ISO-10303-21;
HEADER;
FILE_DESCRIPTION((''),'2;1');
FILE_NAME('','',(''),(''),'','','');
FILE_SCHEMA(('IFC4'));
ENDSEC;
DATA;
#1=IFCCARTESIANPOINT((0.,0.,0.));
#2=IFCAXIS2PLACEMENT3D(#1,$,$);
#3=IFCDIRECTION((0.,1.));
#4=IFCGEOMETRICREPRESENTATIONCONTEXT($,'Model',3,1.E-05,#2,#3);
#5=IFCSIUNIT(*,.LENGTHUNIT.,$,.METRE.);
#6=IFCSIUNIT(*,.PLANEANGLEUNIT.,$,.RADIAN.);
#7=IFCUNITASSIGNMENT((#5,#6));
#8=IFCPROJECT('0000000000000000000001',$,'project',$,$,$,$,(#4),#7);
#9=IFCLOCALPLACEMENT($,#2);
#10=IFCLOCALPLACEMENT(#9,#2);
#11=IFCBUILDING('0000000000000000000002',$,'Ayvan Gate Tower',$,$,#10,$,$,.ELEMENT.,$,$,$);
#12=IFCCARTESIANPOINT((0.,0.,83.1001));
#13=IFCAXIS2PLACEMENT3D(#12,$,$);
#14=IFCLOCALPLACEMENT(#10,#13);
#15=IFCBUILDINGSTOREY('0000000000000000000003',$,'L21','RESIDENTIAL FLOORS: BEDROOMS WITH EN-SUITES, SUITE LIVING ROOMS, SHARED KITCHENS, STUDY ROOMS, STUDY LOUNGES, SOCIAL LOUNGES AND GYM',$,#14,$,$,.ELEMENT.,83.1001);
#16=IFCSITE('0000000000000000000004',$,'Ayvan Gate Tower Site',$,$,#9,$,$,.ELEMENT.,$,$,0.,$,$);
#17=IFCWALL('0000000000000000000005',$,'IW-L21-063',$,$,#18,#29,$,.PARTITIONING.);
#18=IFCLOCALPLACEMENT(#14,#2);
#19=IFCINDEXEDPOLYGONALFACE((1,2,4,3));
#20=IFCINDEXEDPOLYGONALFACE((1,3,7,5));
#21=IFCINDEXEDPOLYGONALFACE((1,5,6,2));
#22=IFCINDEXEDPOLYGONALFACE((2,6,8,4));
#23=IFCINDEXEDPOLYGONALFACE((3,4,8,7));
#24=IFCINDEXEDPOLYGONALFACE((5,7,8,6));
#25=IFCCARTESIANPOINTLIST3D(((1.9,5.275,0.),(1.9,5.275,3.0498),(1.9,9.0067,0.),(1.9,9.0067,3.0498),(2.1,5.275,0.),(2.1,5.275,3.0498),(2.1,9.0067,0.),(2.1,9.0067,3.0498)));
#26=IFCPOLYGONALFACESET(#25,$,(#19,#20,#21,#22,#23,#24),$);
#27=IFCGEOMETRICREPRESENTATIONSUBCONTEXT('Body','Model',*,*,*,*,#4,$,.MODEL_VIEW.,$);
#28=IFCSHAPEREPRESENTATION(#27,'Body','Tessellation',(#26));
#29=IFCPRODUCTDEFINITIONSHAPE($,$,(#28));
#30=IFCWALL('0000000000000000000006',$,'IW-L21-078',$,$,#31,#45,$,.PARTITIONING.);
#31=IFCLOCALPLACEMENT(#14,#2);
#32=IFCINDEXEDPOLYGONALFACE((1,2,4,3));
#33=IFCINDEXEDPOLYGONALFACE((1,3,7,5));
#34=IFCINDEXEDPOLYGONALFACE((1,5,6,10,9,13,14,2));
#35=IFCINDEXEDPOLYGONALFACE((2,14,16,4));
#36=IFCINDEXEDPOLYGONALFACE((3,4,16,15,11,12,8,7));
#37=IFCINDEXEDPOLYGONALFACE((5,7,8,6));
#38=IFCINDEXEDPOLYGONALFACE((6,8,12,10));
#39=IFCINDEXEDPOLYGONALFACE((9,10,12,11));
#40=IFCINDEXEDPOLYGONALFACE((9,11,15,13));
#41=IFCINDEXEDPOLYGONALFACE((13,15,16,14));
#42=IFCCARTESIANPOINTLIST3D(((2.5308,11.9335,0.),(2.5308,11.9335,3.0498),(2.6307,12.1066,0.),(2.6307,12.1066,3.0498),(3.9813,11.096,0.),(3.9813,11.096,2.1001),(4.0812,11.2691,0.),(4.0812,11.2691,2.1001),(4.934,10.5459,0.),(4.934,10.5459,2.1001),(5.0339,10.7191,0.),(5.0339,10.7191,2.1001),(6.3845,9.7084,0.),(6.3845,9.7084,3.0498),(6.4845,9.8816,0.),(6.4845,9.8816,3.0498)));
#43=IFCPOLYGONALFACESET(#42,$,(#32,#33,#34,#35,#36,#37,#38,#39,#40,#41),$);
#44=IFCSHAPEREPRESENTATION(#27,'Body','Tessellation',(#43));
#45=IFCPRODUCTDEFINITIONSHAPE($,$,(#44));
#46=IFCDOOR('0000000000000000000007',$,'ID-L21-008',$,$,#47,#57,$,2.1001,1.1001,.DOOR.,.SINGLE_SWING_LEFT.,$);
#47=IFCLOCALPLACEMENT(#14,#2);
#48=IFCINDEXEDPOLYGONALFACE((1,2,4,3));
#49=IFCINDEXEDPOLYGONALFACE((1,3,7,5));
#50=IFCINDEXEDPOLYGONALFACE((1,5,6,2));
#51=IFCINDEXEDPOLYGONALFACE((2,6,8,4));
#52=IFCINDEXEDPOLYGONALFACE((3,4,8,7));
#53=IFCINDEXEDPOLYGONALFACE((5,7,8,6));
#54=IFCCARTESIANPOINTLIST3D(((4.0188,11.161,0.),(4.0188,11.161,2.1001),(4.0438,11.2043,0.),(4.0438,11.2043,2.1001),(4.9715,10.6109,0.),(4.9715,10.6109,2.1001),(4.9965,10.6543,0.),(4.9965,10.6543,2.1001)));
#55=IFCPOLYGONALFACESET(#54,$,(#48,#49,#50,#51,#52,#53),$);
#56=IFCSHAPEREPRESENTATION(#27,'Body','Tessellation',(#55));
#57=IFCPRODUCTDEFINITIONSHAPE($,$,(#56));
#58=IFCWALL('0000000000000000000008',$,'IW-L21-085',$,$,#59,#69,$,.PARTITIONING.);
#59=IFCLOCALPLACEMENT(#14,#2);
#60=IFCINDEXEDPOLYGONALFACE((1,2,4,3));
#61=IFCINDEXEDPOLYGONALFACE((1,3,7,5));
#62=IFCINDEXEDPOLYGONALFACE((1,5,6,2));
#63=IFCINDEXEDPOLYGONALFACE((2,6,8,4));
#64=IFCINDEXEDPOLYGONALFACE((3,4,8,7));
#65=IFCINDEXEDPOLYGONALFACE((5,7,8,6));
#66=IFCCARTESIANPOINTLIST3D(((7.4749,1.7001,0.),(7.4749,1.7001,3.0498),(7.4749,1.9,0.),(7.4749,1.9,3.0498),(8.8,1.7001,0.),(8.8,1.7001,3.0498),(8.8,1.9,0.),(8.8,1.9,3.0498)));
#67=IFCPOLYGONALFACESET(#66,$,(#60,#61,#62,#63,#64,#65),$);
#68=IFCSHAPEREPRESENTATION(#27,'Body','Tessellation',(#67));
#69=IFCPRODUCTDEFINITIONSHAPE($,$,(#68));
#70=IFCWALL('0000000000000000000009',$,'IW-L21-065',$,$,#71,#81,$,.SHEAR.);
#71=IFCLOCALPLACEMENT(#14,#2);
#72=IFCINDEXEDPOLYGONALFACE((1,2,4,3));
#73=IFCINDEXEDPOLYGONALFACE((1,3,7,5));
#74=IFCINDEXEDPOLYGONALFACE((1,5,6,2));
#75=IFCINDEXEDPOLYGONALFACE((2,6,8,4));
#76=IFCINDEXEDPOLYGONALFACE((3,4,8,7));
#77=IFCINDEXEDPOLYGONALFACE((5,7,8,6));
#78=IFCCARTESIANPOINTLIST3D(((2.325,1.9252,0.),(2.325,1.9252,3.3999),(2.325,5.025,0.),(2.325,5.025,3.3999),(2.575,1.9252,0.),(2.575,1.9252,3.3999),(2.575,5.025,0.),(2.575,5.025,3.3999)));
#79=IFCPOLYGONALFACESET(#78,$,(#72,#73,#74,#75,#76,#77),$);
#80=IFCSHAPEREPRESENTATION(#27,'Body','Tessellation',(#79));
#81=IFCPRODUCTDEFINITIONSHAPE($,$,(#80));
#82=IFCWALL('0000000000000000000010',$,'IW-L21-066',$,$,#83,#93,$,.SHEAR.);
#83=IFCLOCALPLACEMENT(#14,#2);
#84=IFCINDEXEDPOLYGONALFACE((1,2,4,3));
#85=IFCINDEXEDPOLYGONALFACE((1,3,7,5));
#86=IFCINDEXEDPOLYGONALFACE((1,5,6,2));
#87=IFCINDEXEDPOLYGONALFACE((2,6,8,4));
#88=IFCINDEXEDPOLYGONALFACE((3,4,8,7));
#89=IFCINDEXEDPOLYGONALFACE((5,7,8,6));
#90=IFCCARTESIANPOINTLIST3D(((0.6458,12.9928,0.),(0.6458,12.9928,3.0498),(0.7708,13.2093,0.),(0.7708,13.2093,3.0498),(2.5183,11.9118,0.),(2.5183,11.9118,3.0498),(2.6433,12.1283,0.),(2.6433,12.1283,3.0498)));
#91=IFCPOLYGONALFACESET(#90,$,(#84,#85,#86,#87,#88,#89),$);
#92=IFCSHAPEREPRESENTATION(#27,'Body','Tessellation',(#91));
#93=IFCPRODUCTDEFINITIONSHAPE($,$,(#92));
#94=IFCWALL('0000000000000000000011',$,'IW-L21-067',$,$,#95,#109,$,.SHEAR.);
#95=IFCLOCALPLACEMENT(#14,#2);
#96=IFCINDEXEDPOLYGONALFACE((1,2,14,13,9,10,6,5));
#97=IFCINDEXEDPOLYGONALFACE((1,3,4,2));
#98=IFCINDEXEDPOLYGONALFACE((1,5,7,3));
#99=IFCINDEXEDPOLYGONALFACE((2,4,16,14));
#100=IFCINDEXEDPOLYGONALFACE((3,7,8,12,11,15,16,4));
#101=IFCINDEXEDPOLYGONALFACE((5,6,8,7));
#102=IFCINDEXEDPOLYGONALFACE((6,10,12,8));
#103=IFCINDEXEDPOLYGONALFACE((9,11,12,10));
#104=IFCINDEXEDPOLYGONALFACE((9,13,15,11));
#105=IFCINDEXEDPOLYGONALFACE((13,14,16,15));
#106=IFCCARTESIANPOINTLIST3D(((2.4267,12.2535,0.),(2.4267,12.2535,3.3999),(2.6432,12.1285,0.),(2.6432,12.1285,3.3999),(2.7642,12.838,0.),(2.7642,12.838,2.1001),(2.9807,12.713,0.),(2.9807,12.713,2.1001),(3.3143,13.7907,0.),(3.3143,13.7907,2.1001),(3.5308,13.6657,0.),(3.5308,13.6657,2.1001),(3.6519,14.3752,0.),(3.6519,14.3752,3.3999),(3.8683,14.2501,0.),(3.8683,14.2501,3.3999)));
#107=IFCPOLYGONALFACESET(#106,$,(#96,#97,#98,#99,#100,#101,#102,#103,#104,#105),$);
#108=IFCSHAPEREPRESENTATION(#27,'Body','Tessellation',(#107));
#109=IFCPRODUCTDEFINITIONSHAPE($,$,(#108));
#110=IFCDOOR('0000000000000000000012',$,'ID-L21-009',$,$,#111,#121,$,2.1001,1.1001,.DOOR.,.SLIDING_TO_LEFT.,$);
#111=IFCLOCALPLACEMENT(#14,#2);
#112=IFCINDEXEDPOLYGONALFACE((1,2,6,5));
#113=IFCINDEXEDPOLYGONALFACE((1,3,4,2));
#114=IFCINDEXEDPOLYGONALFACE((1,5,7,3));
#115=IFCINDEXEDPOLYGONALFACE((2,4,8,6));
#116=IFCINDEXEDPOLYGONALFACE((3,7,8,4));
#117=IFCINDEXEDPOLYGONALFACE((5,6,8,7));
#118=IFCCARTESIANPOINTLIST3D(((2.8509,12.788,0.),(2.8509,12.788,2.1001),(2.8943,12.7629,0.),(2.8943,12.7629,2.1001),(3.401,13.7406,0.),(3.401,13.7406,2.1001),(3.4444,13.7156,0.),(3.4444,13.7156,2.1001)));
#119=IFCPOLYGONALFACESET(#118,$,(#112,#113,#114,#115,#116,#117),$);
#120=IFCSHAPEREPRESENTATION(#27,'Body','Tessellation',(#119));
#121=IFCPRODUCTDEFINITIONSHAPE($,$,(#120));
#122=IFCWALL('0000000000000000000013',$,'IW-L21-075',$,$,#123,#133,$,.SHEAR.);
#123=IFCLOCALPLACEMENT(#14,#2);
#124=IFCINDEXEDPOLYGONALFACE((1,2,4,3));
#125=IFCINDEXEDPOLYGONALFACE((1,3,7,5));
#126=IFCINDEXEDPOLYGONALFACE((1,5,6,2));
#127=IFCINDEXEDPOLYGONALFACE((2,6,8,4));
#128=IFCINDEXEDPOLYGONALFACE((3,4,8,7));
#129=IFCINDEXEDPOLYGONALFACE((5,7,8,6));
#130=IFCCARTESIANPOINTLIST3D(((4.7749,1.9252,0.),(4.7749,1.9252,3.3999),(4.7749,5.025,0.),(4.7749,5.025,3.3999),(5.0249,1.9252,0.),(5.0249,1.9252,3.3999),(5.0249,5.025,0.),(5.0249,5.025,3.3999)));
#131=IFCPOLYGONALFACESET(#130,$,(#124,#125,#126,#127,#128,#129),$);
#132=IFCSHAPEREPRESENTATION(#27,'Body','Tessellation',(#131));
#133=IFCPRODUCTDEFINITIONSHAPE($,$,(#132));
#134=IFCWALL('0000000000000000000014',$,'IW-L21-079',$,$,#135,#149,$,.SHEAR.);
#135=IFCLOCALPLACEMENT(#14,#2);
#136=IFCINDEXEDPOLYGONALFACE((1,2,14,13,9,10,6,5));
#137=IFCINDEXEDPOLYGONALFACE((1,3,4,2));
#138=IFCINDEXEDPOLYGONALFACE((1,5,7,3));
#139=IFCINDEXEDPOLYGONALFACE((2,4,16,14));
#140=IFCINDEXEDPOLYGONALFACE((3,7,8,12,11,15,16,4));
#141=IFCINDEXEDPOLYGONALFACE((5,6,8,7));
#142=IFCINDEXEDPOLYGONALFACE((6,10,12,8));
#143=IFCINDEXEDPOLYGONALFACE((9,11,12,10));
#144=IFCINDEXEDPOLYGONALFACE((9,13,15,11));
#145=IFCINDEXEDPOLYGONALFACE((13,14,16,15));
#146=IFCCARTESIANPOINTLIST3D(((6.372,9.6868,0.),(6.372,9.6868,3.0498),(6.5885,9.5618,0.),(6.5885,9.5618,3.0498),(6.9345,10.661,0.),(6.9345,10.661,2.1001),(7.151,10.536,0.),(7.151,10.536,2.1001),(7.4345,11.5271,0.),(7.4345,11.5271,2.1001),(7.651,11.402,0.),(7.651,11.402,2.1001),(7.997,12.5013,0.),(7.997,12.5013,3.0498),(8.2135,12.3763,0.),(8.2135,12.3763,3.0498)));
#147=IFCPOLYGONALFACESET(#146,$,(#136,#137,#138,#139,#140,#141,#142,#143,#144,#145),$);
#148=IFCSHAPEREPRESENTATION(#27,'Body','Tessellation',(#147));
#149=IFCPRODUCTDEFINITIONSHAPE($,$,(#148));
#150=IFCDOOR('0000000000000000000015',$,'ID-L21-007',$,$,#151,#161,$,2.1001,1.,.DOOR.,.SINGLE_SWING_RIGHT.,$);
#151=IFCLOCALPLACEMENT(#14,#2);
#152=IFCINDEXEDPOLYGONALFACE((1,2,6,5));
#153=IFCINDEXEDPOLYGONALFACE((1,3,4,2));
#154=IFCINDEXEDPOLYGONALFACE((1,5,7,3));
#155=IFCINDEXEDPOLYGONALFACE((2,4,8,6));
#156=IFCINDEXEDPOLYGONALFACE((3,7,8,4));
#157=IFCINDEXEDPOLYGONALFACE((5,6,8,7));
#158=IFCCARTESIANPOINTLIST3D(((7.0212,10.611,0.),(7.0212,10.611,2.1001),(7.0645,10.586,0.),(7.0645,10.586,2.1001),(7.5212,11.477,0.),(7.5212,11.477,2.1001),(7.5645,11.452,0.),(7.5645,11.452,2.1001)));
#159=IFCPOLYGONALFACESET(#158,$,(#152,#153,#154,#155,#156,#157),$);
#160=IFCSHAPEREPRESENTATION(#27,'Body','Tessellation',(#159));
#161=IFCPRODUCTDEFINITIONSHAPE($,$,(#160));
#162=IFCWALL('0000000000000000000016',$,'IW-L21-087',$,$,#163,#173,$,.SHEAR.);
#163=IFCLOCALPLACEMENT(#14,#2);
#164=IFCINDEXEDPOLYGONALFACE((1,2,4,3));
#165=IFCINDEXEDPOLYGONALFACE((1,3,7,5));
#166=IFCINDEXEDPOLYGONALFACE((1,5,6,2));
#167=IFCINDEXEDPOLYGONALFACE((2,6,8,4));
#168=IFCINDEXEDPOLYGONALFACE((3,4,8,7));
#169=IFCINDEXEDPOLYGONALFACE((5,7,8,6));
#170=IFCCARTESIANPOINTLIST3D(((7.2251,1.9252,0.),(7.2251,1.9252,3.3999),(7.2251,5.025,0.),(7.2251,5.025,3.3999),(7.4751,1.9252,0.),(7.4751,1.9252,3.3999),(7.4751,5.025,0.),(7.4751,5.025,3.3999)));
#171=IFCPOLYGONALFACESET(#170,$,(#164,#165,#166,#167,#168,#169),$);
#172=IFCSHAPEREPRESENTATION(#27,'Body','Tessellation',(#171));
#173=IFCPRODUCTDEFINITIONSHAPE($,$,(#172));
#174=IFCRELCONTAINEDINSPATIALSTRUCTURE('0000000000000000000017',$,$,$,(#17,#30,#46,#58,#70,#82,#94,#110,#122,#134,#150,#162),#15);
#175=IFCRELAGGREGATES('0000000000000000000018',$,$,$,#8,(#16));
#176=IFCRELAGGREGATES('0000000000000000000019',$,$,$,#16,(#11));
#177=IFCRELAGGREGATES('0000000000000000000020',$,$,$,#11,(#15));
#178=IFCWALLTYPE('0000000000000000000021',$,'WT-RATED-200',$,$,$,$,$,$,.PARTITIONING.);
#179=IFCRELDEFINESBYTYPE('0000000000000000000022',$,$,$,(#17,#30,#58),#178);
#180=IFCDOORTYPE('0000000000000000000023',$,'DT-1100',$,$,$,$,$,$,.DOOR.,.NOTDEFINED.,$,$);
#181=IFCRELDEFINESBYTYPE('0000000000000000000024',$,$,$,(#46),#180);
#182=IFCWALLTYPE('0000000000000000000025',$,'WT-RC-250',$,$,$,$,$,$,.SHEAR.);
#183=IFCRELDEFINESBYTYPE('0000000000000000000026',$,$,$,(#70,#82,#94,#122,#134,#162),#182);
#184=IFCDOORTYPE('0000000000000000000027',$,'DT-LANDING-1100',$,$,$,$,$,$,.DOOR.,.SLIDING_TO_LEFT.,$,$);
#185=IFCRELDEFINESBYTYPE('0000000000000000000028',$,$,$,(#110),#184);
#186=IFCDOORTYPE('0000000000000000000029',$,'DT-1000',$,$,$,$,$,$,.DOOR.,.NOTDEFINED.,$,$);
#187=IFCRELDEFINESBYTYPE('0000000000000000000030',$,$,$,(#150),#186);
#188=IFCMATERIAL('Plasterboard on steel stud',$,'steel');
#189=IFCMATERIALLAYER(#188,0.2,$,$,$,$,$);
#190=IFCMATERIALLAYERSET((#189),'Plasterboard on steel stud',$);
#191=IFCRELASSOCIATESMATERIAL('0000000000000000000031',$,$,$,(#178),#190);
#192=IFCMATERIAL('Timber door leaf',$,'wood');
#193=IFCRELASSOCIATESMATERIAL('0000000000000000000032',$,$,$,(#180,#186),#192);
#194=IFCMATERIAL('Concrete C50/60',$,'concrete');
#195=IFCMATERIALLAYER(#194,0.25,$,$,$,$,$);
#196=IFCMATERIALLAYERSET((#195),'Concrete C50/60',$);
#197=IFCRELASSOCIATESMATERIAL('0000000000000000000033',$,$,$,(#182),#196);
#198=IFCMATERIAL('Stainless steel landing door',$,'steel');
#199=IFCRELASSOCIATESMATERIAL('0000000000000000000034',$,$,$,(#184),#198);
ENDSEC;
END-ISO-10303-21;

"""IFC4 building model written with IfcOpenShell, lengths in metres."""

from ifc_helpers import new_model, si_unit, direction, frame, frame_2d, origin, place, context, subcontext, project, spatial, rectangle, extrude, material, layer, layer_set, type_object, element, fill, save


model = new_model("IFC4")

# Units and contexts
model_context = context("Model", 3, precision=1e-05, world=origin(), true_north=direction((0.0, 1.0)))
body_context = subcontext(model_context, "Body", "Model", "MODEL_VIEW")
ifc_project = project(units=[si_unit("LENGTHUNIT", "METRE"), si_unit("PLANEANGLEUNIT", "RADIAN")], contexts=[model_context])

# Site, building, storey
site_placement = place(None, origin())
site = spatial("IfcSite", under=ifc_project, at=site_placement, Name="Ayvan Gate Tower Site", CompositionType="ELEMENT", RefElevation=0.0)
building_placement = place(site_placement, origin())
building = spatial("IfcBuilding", under=site, at=building_placement, Name="Ayvan Gate Tower", CompositionType="ELEMENT")
storey_placement = place(building_placement, frame((0.0, 0.0, 83.1001)))
storey = spatial("IfcBuildingStorey", under=building, at=storey_placement, Name="L21", Description="RESIDENTIAL FLOORS: BEDROOMS WITH EN-SUITES, SUITE LIVING ROOMS, SHARED KITCHENS, STUDY ROOMS, STUDY LOUNGES, SOCIAL LOUNGES AND GYM", CompositionType="ELEMENT", Elevation=83.1001)

# Wall
ifc_material_1 = material(Name="Plasterboard on steel stud", Category="steel")
ifc_layer_1 = layer(ifc_material_1, 0.2)
ifc_layer_set_1 = layer_set([ifc_layer_1], Name="Plasterboard on steel stud")
wall_type_1 = type_object("IfcWallType", Name="WT-RATED-200", PredefinedType="PARTITIONING", material=ifc_layer_set_1)
wall_1_placement = place(storey_placement, frame((2.0, 9.0066, 0.0), z_axis=(0.0, 0.0, 1.0), x_axis=(0.0, -1.0, 0.0)))
element("IfcWall", 1, at=wall_1_placement, inside=storey, type_object=wall_type_1, Name="IW-L21-063", PredefinedType="PARTITIONING", context=body_context, shape_type="SweptSolid", body=[
    extrude(rectangle(XDim=3.7317, YDim=0.2, at=frame_2d((1.8657, 0.0))), origin(), (0.0, 0.0, 1.0), 3.0498),
])

# Wall, opening, door
wall_2_placement = place(storey_placement, frame((6.4346, 9.7949, 0.0), z_axis=(0.0, 0.0, 1.0), x_axis=(-0.866013, 0.500022, 0.0)))
wall_2 = element("IfcWall", 2, at=wall_2_placement, inside=storey, type_object=wall_type_1, Name="IW-L21-078", PredefinedType="PARTITIONING", context=body_context, shape_type="SweptSolid", body=[
    extrude(rectangle(XDim=4.45, YDim=0.2, at=frame_2d((2.2251, 0.0))), origin(), (0.0, 0.0, 1.0), 3.0498),
])
opening_1_placement = place(wall_2_placement, frame((1.675, 0.0, 0.0)))
opening_1 = element("IfcOpeningElement", 3, at=opening_1_placement, cuts=wall_2, PredefinedType="OPENING", context=body_context, shape_type="SweptSolid", body=[
    extrude(rectangle(XDim=1.1001, YDim=2.1001, at=frame_2d((0.55, 1.05))), frame((0.0, 0.1099, 0.0), z_axis=(0.0, -1.0, 0.0), x_axis=(1.0, 0.0, 0.0)), (0.0, 0.0, 1.0), 0.22),
])
ifc_material_2 = material(Name="Timber door leaf", Category="wood")
door_type_1 = type_object("IfcDoorType", Name="DT-1100", OperationType="NOTDEFINED", PredefinedType="DOOR", material=ifc_material_2)
door_1_placement = place(opening_1_placement, origin())
door_1 = element("IfcDoor", 4, at=door_1_placement, inside=storey, type_object=door_type_1, Name="ID-L21-008", OperationType="SINGLE_SWING_LEFT", OverallHeight=2.1001, OverallWidth=1.1001, PredefinedType="DOOR", context=body_context, shape_type="SweptSolid", body=[
    extrude(rectangle(XDim=1.1001, YDim=2.1001, at=frame_2d((0.55, 1.05))), frame((0.0, 0.0249, 0.0), z_axis=(0.0, -1.0, 0.0), x_axis=(1.0, 0.0, 0.0)), (0.0, 0.0, 1.0), 0.05),
])
fill(opening_1, door_1)

# Walls
wall_3_placement = place(storey_placement, frame((7.4749, 1.8, 0.0), z_axis=(0.0, 0.0, 1.0), x_axis=(1.0, 0.0, 0.0)))
element("IfcWall", 5, at=wall_3_placement, inside=storey, type_object=wall_type_1, Name="IW-L21-085", PredefinedType="PARTITIONING", context=body_context, shape_type="SweptSolid", body=[
    extrude(rectangle(XDim=1.3252, YDim=0.2, at=frame_2d((0.6626, 0.0))), origin(), (0.0, 0.0, 1.0), 3.0498),
])
ifc_material_3 = material(Name="Concrete C50/60", Category="concrete")
ifc_layer_2 = layer(ifc_material_3, 0.25)
ifc_layer_set_2 = layer_set([ifc_layer_2], Name="Concrete C50/60")
wall_type_2 = type_object("IfcWallType", Name="WT-RC-250", PredefinedType="SHEAR", material=ifc_layer_set_2)
wall_4_placement = place(storey_placement, frame((2.45, 5.0249, 0.0), z_axis=(0.0, 0.0, 1.0), x_axis=(0.0, -1.0, 0.0)))
element("IfcWall", 6, at=wall_4_placement, inside=storey, type_object=wall_type_2, Name="IW-L21-065", PredefinedType="SHEAR", context=body_context, shape_type="SweptSolid", body=[
    extrude(rectangle(XDim=3.0999, YDim=0.25, at=frame_2d((1.5498, 0.0))), origin(), (0.0, 0.0, 1.0), 3.3999),
])
wall_5_placement = place(storey_placement, frame((2.5808, 12.02, 0.0), z_axis=(0.0, 0.0, 1.0), x_axis=(-0.866039, 0.499977, 0.0)))
element("IfcWall", 7, at=wall_5_placement, inside=storey, type_object=wall_type_2, Name="IW-L21-066", PredefinedType="SHEAR", context=body_context, shape_type="SweptSolid", body=[
    extrude(rectangle(XDim=2.1621, YDim=0.25, at=frame_2d((1.0811, 0.0))), origin(), (0.0, 0.0, 1.0), 3.0498),
])

# Wall, opening, door
wall_6_placement = place(storey_placement, frame((2.5349, 12.1909, 0.0), z_axis=(0.0, 0.0, 1.0), x_axis=(0.500062, 0.86599, 0.0)))
wall_6 = element("IfcWall", 8, at=wall_6_placement, inside=storey, type_object=wall_type_2, Name="IW-L21-067", PredefinedType="SHEAR", context=body_context, shape_type="SweptSolid", body=[
    extrude(rectangle(XDim=2.45, YDim=0.25, at=frame_2d((1.2251, 0.0))), origin(), (0.0, 0.0, 1.0), 3.3999),
])
opening_2_placement = place(wall_6_placement, frame((0.675, 0.0, 0.0)))
opening_2 = element("IfcOpeningElement", 9, at=opening_2_placement, cuts=wall_6, PredefinedType="OPENING", context=body_context, shape_type="SweptSolid", body=[
    extrude(rectangle(XDim=1.1001, YDim=2.1001, at=frame_2d((0.55, 1.05))), frame((0.0, 0.135, 0.0), z_axis=(0.0, -1.0, 0.0), x_axis=(1.0, 0.0, 0.0)), (0.0, 0.0, 1.0), 0.27),
])
ifc_material_4 = material(Name="Stainless steel landing door", Category="steel")
door_type_2 = type_object("IfcDoorType", Name="DT-LANDING-1100", OperationType="SLIDING_TO_LEFT", PredefinedType="DOOR", material=ifc_material_4)
door_2_placement = place(opening_2_placement, origin())
door_2 = element("IfcDoor", 10, at=door_2_placement, inside=storey, type_object=door_type_2, Name="ID-L21-009", OperationType="SLIDING_TO_LEFT", OverallHeight=2.1001, OverallWidth=1.1001, PredefinedType="DOOR", context=body_context, shape_type="SweptSolid", body=[
    extrude(rectangle(XDim=1.1001, YDim=2.1001, at=frame_2d((0.55, 1.05))), frame((0.0, 0.0249, 0.0), z_axis=(0.0, -1.0, 0.0), x_axis=(1.0, 0.0, 0.0)), (0.0, 0.0, 1.0), 0.05),
])
fill(opening_2, door_2)

# Wall
wall_7_placement = place(storey_placement, frame((4.8999, 5.0249, 0.0), z_axis=(0.0, 0.0, 1.0), x_axis=(0.0, -1.0, 0.0)))
element("IfcWall", 11, at=wall_7_placement, inside=storey, type_object=wall_type_2, Name="IW-L21-075", PredefinedType="SHEAR", context=body_context, shape_type="SweptSolid", body=[
    extrude(rectangle(XDim=3.0999, YDim=0.25, at=frame_2d((1.5498, 0.0))), origin(), (0.0, 0.0, 1.0), 3.3999),
])

# Wall, opening, door
wall_8_placement = place(storey_placement, frame((6.4802, 9.6243, 0.0), z_axis=(0.0, 0.0, 1.0), x_axis=(0.500017, 0.866015, 0.0)))
wall_8 = element("IfcWall", 12, at=wall_8_placement, inside=storey, type_object=wall_type_2, Name="IW-L21-079", PredefinedType="SHEAR", context=body_context, shape_type="SweptSolid", body=[
    extrude(rectangle(XDim=3.25, YDim=0.25, at=frame_2d((1.625, 0.0))), origin(), (0.0, 0.0, 1.0), 3.0498),
])
opening_3_placement = place(wall_8_placement, frame((1.125, 0.0, 0.0)))
opening_3 = element("IfcOpeningElement", 13, at=opening_3_placement, cuts=wall_8, PredefinedType="OPENING", context=body_context, shape_type="SweptSolid", body=[
    extrude(rectangle(XDim=1.0, YDim=2.1001, at=frame_2d((0.5, 1.05))), frame((0.0, 0.135, 0.0), z_axis=(0.0, -1.0, 0.0), x_axis=(1.0, 0.0, 0.0)), (0.0, 0.0, 1.0), 0.27),
])
door_type_3 = type_object("IfcDoorType", Name="DT-1000", OperationType="NOTDEFINED", PredefinedType="DOOR", material=ifc_material_2)
door_3_placement = place(opening_3_placement, origin())
door_3 = element("IfcDoor", 14, at=door_3_placement, inside=storey, type_object=door_type_3, Name="ID-L21-007", OperationType="SINGLE_SWING_RIGHT", OverallHeight=2.1001, OverallWidth=1.0, PredefinedType="DOOR", context=body_context, shape_type="SweptSolid", body=[
    extrude(rectangle(XDim=1.0, YDim=2.1001, at=frame_2d((0.5, 1.05))), frame((0.0, 0.0249, 0.0), z_axis=(0.0, -1.0, 0.0), x_axis=(1.0, 0.0, 0.0)), (0.0, 0.0, 1.0), 0.05),
])
fill(opening_3, door_3)

# Wall
wall_9_placement = place(storey_placement, frame((7.3501, 5.0249, 0.0), z_axis=(0.0, 0.0, 1.0), x_axis=(0.0, -1.0, 0.0)))
element("IfcWall", 15, at=wall_9_placement, inside=storey, type_object=wall_type_2, Name="IW-L21-087", PredefinedType="SHEAR", context=body_context, shape_type="SweptSolid", body=[
    extrude(rectangle(XDim=3.0999, YDim=0.25, at=frame_2d((1.5498, 0.0))), origin(), (0.0, 0.0, 1.0), 3.3999),
])

save(model, "model.ifc")
